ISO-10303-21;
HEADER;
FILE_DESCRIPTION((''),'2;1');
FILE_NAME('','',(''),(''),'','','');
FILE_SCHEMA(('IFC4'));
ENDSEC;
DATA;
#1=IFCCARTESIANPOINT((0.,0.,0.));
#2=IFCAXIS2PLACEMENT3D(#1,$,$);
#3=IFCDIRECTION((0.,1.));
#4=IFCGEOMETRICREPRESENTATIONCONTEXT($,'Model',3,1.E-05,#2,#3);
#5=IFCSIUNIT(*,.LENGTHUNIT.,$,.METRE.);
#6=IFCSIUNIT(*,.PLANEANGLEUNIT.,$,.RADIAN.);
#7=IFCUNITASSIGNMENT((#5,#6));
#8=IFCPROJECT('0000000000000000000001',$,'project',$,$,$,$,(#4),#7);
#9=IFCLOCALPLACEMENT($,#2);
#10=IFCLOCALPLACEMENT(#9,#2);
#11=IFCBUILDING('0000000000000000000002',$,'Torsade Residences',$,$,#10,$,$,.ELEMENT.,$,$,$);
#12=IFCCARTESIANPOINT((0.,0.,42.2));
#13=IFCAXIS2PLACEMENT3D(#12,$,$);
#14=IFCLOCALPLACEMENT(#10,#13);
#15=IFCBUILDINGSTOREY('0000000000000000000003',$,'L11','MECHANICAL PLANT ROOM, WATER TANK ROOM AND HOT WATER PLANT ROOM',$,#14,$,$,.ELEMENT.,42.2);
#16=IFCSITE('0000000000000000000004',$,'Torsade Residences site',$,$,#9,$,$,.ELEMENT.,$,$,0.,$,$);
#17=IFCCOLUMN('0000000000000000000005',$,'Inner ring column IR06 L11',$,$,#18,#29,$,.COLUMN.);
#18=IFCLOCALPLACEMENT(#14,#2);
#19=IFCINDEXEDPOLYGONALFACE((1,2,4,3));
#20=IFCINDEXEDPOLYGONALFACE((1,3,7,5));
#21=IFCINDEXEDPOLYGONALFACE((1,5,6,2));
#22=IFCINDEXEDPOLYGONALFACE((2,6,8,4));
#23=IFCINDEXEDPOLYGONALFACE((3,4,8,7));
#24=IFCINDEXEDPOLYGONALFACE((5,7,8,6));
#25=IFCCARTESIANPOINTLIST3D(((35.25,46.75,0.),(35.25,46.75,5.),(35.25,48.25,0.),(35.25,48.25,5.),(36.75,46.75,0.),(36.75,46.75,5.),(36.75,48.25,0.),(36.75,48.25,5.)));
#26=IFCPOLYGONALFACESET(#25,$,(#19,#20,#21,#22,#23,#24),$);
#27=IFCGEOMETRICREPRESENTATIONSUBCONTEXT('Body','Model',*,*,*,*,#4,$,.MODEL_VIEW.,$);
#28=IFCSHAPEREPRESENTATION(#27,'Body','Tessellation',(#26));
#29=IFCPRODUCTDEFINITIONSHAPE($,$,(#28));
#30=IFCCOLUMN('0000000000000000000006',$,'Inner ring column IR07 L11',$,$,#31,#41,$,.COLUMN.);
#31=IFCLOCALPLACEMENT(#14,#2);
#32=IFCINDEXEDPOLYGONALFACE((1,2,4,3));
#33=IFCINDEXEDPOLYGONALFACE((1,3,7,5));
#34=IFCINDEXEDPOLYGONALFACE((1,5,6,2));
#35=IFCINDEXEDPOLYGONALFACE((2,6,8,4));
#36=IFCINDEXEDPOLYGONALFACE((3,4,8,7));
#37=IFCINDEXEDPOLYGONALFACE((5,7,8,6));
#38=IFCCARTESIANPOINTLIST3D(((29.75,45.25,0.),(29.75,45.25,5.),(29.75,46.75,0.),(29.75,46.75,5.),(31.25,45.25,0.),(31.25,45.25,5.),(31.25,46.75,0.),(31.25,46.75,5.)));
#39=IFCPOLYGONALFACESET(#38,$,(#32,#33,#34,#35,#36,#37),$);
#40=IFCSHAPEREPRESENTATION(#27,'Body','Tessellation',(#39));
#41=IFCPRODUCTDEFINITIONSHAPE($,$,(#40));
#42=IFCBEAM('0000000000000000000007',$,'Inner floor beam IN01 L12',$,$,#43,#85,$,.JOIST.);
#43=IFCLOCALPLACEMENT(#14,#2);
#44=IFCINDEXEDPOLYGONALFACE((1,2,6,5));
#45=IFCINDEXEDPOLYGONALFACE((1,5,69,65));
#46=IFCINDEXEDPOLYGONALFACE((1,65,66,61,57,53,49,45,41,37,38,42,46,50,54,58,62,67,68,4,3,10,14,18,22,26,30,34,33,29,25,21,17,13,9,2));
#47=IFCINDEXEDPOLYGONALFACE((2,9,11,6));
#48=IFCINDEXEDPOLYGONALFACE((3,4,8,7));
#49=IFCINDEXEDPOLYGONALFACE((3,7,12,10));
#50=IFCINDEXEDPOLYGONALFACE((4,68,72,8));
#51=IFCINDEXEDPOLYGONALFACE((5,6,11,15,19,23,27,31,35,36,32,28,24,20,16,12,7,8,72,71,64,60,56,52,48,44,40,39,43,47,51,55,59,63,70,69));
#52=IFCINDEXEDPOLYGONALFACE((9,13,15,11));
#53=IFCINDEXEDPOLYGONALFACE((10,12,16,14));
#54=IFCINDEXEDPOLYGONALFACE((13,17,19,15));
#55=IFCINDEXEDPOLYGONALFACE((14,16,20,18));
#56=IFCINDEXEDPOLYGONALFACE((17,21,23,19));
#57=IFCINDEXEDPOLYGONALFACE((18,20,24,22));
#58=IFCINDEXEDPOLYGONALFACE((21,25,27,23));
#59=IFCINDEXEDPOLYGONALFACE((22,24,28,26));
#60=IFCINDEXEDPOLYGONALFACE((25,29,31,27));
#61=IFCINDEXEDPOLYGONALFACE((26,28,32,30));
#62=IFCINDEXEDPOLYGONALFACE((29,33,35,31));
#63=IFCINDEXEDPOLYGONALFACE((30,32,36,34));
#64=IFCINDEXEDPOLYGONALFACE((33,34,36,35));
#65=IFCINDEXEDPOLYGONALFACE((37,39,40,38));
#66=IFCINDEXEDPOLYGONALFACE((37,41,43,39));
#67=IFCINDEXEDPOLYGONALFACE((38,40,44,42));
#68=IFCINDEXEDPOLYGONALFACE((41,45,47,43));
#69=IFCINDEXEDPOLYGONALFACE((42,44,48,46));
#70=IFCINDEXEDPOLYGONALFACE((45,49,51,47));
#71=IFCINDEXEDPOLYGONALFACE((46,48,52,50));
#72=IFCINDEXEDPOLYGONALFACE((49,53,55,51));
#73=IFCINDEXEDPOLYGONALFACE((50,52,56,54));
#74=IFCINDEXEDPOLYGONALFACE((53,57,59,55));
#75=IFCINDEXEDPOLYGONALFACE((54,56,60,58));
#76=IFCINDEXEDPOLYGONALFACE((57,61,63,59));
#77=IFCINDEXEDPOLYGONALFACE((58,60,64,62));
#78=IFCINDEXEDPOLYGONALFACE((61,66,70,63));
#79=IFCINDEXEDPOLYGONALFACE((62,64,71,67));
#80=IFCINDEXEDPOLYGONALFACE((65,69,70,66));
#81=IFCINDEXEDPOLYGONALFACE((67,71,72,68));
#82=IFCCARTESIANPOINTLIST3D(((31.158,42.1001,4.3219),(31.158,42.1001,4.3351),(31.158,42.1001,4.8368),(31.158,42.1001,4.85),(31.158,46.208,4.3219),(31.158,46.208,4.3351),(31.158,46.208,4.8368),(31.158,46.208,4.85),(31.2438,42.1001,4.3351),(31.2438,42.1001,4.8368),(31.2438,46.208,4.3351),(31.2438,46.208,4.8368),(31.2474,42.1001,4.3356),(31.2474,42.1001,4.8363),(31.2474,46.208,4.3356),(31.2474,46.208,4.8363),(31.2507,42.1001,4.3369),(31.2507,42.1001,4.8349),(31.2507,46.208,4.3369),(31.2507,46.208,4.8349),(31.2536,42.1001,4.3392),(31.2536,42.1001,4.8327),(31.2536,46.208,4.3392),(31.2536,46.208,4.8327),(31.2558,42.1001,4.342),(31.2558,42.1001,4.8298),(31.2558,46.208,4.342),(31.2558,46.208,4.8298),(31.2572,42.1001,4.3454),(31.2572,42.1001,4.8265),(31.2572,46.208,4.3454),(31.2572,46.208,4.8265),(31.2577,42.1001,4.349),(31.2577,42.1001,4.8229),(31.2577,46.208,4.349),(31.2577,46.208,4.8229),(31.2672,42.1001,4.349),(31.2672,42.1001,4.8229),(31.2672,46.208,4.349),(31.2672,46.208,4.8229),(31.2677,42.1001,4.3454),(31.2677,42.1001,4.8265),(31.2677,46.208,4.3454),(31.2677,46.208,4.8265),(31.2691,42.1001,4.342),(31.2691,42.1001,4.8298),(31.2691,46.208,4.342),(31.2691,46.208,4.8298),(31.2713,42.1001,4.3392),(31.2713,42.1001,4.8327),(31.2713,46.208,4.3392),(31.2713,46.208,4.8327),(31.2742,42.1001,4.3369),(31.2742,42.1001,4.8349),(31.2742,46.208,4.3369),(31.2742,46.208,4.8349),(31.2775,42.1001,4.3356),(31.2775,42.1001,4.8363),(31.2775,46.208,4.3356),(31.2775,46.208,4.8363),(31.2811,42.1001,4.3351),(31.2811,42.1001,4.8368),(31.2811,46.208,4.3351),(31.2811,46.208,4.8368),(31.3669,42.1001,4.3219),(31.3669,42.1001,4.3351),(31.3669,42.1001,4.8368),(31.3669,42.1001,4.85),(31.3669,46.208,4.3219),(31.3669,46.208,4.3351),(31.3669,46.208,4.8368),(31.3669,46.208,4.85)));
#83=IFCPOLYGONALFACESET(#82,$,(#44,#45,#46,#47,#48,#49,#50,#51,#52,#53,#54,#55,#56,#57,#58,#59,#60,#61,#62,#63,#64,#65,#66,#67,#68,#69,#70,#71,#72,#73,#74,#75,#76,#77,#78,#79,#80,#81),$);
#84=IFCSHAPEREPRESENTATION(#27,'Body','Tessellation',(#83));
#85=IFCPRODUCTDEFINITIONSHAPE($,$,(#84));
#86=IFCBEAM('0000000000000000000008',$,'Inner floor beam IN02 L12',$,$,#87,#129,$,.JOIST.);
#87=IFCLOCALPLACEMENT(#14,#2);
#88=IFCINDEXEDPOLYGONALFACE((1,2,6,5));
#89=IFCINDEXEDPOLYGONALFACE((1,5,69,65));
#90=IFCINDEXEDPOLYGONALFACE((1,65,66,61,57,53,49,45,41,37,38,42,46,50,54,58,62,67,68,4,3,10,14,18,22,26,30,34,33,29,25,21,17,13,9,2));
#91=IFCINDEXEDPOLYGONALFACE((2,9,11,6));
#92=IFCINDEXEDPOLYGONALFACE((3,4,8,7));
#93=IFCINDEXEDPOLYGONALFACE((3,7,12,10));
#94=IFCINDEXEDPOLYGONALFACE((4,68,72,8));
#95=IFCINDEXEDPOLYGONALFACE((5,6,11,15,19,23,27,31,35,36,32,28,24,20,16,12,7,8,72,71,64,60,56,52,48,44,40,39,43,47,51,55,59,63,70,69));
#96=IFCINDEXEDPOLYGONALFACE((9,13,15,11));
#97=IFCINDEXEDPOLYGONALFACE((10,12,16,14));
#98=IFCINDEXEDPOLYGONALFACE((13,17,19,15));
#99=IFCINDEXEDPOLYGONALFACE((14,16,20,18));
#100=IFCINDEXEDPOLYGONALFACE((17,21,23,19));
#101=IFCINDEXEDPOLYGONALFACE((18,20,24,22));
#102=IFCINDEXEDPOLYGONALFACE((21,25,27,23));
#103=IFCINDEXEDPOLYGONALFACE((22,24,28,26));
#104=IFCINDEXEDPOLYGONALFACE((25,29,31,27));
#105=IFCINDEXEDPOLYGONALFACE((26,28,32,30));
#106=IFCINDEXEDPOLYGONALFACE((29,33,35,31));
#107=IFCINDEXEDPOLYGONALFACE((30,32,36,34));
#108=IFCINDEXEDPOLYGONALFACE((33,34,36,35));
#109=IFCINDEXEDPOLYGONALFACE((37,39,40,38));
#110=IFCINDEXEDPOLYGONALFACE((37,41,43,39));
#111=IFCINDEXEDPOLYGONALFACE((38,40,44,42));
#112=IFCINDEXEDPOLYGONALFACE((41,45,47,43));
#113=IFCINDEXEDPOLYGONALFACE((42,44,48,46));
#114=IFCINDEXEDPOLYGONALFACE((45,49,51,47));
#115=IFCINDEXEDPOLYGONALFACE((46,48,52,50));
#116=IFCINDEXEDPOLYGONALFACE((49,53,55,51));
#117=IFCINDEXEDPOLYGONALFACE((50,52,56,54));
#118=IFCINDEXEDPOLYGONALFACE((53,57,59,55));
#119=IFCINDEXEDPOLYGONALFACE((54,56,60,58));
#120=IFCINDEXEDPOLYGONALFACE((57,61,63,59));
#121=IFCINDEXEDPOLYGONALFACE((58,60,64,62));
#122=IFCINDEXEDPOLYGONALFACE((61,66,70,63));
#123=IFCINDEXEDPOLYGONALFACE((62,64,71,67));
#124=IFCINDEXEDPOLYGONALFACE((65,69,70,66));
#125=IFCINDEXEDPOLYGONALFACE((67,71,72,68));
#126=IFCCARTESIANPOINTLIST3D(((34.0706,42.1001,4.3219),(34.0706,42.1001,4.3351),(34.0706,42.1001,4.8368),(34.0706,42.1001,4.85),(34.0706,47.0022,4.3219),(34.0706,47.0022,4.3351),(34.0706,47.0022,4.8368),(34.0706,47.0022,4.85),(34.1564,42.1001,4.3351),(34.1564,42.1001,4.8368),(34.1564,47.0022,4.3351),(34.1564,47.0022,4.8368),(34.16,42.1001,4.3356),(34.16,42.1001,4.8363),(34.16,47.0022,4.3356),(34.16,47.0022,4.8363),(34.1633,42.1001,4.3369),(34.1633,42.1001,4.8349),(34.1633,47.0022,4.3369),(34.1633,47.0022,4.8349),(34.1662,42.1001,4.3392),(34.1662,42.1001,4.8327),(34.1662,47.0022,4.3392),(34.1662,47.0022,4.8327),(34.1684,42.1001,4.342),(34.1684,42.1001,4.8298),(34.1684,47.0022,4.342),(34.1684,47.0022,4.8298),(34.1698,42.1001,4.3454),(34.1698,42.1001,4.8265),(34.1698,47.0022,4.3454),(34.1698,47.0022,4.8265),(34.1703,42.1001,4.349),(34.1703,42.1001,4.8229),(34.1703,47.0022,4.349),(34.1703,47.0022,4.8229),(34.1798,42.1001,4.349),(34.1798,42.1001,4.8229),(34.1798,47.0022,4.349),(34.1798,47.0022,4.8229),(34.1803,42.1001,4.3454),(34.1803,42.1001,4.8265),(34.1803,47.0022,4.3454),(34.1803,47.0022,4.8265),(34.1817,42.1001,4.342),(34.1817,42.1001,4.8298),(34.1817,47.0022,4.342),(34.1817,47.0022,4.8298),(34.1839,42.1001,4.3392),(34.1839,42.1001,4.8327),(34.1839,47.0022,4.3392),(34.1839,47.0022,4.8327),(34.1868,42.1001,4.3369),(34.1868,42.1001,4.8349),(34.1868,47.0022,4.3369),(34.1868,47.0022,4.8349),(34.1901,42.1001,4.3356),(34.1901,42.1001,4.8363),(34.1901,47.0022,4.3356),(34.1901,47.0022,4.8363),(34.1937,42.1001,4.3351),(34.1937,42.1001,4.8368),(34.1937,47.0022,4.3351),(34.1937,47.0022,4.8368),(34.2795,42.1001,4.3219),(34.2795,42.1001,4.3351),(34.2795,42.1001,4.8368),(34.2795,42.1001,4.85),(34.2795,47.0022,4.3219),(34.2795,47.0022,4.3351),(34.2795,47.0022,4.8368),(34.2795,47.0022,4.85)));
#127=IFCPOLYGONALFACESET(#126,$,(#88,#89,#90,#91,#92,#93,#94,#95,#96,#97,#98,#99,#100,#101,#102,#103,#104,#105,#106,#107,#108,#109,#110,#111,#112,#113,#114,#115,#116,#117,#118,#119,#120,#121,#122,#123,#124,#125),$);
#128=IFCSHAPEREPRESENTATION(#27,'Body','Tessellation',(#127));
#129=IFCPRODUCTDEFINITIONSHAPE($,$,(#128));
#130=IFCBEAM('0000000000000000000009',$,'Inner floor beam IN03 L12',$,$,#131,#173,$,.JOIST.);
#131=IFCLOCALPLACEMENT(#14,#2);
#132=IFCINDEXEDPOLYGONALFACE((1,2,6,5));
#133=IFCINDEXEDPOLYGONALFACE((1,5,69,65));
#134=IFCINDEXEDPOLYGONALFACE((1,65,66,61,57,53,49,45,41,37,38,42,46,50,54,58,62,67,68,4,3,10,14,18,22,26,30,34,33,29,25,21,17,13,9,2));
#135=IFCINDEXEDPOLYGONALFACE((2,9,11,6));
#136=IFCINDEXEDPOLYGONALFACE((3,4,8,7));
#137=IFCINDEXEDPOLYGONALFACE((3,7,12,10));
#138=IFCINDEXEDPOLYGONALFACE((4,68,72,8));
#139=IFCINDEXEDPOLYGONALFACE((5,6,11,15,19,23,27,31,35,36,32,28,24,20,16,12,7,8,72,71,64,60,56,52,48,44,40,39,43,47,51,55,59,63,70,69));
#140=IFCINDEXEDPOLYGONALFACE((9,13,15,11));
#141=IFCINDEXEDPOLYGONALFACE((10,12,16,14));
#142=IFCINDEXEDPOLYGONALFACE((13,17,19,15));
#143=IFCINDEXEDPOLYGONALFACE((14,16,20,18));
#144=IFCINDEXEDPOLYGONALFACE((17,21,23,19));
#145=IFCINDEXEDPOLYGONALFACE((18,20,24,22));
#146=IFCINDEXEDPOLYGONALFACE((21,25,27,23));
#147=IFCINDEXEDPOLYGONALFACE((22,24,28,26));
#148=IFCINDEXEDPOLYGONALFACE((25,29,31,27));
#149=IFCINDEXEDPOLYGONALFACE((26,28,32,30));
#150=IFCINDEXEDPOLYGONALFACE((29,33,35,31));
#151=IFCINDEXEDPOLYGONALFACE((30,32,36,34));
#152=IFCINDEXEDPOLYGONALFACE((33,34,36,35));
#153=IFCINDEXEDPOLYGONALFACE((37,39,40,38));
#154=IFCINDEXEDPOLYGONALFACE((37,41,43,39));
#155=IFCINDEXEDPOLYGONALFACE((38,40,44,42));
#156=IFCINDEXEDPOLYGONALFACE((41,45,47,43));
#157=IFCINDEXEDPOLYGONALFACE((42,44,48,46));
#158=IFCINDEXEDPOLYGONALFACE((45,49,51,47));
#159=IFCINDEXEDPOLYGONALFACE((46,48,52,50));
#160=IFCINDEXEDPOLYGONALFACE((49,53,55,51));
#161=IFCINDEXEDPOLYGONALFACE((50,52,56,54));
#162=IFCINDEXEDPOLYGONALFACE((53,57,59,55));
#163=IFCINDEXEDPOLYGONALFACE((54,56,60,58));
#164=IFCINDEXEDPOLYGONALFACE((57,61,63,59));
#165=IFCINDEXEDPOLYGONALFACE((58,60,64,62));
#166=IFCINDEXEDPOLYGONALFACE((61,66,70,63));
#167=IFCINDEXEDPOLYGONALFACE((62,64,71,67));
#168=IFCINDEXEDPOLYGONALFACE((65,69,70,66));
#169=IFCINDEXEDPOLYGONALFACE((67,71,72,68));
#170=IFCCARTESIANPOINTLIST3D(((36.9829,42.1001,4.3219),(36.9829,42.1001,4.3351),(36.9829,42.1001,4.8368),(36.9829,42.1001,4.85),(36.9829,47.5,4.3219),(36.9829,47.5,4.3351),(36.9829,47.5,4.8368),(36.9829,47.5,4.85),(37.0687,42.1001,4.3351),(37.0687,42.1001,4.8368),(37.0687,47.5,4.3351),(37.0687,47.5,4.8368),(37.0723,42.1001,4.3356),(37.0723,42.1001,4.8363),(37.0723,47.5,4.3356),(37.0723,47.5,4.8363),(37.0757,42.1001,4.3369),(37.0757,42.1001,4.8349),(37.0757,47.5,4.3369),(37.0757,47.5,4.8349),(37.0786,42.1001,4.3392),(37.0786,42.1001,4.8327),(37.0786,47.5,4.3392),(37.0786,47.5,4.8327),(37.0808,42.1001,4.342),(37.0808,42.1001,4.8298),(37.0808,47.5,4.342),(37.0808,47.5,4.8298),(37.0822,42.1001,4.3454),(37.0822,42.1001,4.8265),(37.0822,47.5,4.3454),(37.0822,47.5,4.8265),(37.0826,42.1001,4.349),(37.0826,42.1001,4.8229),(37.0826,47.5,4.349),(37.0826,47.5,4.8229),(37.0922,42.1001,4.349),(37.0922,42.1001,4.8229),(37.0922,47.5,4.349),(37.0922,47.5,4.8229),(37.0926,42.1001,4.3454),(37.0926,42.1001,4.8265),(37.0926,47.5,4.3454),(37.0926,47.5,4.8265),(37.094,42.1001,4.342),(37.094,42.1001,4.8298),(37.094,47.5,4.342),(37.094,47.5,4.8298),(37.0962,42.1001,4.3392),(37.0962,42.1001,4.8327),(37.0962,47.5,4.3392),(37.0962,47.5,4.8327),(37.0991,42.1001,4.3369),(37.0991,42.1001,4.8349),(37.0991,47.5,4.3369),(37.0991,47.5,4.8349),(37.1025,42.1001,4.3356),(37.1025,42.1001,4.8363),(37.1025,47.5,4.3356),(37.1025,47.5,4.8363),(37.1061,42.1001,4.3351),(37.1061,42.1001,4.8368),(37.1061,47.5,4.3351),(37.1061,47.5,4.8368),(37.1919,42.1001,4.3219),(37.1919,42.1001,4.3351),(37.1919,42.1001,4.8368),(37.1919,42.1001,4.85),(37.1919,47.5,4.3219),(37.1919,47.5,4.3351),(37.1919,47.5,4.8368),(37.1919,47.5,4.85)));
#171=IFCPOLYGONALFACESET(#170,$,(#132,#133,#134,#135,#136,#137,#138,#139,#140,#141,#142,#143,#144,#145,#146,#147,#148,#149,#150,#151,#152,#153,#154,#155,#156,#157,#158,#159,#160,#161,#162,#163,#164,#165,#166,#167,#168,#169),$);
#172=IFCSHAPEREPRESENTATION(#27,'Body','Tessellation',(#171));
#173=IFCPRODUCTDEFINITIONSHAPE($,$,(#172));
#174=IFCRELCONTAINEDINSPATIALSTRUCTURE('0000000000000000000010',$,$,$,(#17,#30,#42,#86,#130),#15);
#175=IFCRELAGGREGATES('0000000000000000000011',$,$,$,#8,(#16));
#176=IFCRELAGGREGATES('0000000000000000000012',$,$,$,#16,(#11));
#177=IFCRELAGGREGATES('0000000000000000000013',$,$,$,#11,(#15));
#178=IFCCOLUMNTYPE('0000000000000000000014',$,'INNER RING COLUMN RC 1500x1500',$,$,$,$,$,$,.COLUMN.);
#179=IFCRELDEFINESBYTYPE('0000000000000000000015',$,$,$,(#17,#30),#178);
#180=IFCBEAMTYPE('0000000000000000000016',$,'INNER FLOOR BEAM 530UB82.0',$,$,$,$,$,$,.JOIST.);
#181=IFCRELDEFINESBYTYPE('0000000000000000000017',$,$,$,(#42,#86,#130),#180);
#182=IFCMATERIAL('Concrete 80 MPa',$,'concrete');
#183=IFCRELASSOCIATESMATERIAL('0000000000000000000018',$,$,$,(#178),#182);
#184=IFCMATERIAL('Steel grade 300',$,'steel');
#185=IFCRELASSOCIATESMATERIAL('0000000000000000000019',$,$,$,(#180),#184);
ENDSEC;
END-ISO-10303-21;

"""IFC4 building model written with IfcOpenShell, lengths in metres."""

from ifc_helpers import new_model, si_unit, direction, frame, origin, origin_2d, place, context, subcontext, project, spatial, rectangle, i_section, extrude, material, material_profile, profile_set, type_object, element, save


model = new_model("IFC4")

# Units and contexts
model_context = context("Model", 3, precision=1e-05, world=origin(), true_north=direction((0.0, 1.0)))
body_context = subcontext(model_context, "Body", "Model", "MODEL_VIEW")
ifc_project = project(units=[si_unit("LENGTHUNIT", "METRE"), si_unit("PLANEANGLEUNIT", "RADIAN")], contexts=[model_context])

# Site, building, storey
site_placement = place(None, origin())
site = spatial("IfcSite", under=ifc_project, at=site_placement, Name="Torsade Residences site", CompositionType="ELEMENT", RefElevation=0.0)
building_placement = place(site_placement, origin())
building = spatial("IfcBuilding", under=site, at=building_placement, Name="Torsade Residences", CompositionType="ELEMENT")
storey_placement = place(building_placement, frame((0.0, 0.0, 42.2)))
storey = spatial("IfcBuildingStorey", under=building, at=storey_placement, Name="L11", Description="MECHANICAL PLANT ROOM, WATER TANK ROOM AND HOT WATER PLANT ROOM", CompositionType="ELEMENT", Elevation=42.2)

# Columns
ifc_material_1 = material(Name="Concrete 80 MPa", Category="concrete")
ifc_material_profile_1 = material_profile(ifc_material_1, rectangle(XDim=1.5, YDim=1.5, at=origin_2d()), Name="RC 1500x1500")
ifc_profile_set_1 = profile_set([ifc_material_profile_1], Name="Concrete 80 MPa")
column_type = type_object("IfcColumnType", Name="INNER RING COLUMN RC 1500x1500", PredefinedType="COLUMN", material=ifc_profile_set_1)
for number, where, z_axis, x_axis, name in (
    (1, (36.0, 47.5, 0.0), (0.0, 0.0, 1.0), (1.0, 0.0, 0.0), "Inner ring column IR06 L11"),
    (2, (30.5, 46.0, 0.0), (0.0, 0.0, 1.0), (1.0, 0.0, 0.0), "Inner ring column IR07 L11"),
):
    element("IfcColumn", number, at=place(storey_placement, frame(where, z_axis=z_axis, x_axis=x_axis)), inside=storey, type_object=column_type, Name=name, PredefinedType="COLUMN", context=body_context, shape_type="SweptSolid", body=[
        extrude(rectangle(XDim=1.5, YDim=1.5, at=origin_2d()), origin(), (0.0, 0.0, 1.0), 5.0),
    ])

# Beams
ifc_material_2 = material(Name="Steel grade 300", Category="steel")
ifc_material_profile_2 = material_profile(ifc_material_2, i_section(OverallWidth=0.209, OverallDepth=0.5281, WebThickness=0.0095, FlangeThickness=0.0132, FilletRadius=0.0139, at=origin_2d()), Name="530UB82.0")
ifc_profile_set_2 = profile_set([ifc_material_profile_2], Name="Steel grade 300")
beam_type_1 = type_object("IfcBeamType", Name="INNER FLOOR BEAM 530UB82.0", PredefinedType="JOIST", material=ifc_profile_set_2)
beam_1_placement = place(storey_placement, frame((31.2625, 42.1001, 4.5859), z_axis=(0.0, 1.0, 0.0), x_axis=(-1.0, 0.0, 0.0)))
element("IfcBeam", 3, at=beam_1_placement, inside=storey, type_object=beam_type_1, Name="Inner floor beam IN01 L12", PredefinedType="JOIST", context=body_context, shape_type="SweptSolid", body=[
    extrude(i_section(OverallWidth=0.209, OverallDepth=0.5281, WebThickness=0.0095, FlangeThickness=0.0132, FilletRadius=0.0139, at=origin_2d()), origin(), (0.0, 0.0, 1.0), 4.1079),
])
beam_2_placement = place(storey_placement, frame((34.175, 42.1001, 4.5859), z_axis=(0.0, 1.0, 0.0), x_axis=(-1.0, 0.0, 0.0)))
element("IfcBeam", 4, at=beam_2_placement, inside=storey, type_object=beam_type_1, Name="Inner floor beam IN02 L12", PredefinedType="JOIST", context=body_context, shape_type="SweptSolid", body=[
    extrude(i_section(OverallWidth=0.209, OverallDepth=0.5281, WebThickness=0.0095, FlangeThickness=0.0132, FilletRadius=0.0139, at=origin_2d()), origin(), (0.0, 0.0, 1.0), 4.9021),
])
beam_3_placement = place(storey_placement, frame((37.0874, 42.1001, 4.5859), z_axis=(0.0, 1.0, 0.0), x_axis=(-1.0, 0.0, 0.0)))
element("IfcBeam", 5, at=beam_3_placement, inside=storey, type_object=beam_type_1, Name="Inner floor beam IN03 L12", PredefinedType="JOIST", context=body_context, shape_type="SweptSolid", body=[
    extrude(i_section(OverallWidth=0.209, OverallDepth=0.5281, WebThickness=0.0095, FlangeThickness=0.0132, FilletRadius=0.0139, at=origin_2d()), origin(), (0.0, 0.0, 1.0), 5.3999),
])

save(model, "model.ifc")
